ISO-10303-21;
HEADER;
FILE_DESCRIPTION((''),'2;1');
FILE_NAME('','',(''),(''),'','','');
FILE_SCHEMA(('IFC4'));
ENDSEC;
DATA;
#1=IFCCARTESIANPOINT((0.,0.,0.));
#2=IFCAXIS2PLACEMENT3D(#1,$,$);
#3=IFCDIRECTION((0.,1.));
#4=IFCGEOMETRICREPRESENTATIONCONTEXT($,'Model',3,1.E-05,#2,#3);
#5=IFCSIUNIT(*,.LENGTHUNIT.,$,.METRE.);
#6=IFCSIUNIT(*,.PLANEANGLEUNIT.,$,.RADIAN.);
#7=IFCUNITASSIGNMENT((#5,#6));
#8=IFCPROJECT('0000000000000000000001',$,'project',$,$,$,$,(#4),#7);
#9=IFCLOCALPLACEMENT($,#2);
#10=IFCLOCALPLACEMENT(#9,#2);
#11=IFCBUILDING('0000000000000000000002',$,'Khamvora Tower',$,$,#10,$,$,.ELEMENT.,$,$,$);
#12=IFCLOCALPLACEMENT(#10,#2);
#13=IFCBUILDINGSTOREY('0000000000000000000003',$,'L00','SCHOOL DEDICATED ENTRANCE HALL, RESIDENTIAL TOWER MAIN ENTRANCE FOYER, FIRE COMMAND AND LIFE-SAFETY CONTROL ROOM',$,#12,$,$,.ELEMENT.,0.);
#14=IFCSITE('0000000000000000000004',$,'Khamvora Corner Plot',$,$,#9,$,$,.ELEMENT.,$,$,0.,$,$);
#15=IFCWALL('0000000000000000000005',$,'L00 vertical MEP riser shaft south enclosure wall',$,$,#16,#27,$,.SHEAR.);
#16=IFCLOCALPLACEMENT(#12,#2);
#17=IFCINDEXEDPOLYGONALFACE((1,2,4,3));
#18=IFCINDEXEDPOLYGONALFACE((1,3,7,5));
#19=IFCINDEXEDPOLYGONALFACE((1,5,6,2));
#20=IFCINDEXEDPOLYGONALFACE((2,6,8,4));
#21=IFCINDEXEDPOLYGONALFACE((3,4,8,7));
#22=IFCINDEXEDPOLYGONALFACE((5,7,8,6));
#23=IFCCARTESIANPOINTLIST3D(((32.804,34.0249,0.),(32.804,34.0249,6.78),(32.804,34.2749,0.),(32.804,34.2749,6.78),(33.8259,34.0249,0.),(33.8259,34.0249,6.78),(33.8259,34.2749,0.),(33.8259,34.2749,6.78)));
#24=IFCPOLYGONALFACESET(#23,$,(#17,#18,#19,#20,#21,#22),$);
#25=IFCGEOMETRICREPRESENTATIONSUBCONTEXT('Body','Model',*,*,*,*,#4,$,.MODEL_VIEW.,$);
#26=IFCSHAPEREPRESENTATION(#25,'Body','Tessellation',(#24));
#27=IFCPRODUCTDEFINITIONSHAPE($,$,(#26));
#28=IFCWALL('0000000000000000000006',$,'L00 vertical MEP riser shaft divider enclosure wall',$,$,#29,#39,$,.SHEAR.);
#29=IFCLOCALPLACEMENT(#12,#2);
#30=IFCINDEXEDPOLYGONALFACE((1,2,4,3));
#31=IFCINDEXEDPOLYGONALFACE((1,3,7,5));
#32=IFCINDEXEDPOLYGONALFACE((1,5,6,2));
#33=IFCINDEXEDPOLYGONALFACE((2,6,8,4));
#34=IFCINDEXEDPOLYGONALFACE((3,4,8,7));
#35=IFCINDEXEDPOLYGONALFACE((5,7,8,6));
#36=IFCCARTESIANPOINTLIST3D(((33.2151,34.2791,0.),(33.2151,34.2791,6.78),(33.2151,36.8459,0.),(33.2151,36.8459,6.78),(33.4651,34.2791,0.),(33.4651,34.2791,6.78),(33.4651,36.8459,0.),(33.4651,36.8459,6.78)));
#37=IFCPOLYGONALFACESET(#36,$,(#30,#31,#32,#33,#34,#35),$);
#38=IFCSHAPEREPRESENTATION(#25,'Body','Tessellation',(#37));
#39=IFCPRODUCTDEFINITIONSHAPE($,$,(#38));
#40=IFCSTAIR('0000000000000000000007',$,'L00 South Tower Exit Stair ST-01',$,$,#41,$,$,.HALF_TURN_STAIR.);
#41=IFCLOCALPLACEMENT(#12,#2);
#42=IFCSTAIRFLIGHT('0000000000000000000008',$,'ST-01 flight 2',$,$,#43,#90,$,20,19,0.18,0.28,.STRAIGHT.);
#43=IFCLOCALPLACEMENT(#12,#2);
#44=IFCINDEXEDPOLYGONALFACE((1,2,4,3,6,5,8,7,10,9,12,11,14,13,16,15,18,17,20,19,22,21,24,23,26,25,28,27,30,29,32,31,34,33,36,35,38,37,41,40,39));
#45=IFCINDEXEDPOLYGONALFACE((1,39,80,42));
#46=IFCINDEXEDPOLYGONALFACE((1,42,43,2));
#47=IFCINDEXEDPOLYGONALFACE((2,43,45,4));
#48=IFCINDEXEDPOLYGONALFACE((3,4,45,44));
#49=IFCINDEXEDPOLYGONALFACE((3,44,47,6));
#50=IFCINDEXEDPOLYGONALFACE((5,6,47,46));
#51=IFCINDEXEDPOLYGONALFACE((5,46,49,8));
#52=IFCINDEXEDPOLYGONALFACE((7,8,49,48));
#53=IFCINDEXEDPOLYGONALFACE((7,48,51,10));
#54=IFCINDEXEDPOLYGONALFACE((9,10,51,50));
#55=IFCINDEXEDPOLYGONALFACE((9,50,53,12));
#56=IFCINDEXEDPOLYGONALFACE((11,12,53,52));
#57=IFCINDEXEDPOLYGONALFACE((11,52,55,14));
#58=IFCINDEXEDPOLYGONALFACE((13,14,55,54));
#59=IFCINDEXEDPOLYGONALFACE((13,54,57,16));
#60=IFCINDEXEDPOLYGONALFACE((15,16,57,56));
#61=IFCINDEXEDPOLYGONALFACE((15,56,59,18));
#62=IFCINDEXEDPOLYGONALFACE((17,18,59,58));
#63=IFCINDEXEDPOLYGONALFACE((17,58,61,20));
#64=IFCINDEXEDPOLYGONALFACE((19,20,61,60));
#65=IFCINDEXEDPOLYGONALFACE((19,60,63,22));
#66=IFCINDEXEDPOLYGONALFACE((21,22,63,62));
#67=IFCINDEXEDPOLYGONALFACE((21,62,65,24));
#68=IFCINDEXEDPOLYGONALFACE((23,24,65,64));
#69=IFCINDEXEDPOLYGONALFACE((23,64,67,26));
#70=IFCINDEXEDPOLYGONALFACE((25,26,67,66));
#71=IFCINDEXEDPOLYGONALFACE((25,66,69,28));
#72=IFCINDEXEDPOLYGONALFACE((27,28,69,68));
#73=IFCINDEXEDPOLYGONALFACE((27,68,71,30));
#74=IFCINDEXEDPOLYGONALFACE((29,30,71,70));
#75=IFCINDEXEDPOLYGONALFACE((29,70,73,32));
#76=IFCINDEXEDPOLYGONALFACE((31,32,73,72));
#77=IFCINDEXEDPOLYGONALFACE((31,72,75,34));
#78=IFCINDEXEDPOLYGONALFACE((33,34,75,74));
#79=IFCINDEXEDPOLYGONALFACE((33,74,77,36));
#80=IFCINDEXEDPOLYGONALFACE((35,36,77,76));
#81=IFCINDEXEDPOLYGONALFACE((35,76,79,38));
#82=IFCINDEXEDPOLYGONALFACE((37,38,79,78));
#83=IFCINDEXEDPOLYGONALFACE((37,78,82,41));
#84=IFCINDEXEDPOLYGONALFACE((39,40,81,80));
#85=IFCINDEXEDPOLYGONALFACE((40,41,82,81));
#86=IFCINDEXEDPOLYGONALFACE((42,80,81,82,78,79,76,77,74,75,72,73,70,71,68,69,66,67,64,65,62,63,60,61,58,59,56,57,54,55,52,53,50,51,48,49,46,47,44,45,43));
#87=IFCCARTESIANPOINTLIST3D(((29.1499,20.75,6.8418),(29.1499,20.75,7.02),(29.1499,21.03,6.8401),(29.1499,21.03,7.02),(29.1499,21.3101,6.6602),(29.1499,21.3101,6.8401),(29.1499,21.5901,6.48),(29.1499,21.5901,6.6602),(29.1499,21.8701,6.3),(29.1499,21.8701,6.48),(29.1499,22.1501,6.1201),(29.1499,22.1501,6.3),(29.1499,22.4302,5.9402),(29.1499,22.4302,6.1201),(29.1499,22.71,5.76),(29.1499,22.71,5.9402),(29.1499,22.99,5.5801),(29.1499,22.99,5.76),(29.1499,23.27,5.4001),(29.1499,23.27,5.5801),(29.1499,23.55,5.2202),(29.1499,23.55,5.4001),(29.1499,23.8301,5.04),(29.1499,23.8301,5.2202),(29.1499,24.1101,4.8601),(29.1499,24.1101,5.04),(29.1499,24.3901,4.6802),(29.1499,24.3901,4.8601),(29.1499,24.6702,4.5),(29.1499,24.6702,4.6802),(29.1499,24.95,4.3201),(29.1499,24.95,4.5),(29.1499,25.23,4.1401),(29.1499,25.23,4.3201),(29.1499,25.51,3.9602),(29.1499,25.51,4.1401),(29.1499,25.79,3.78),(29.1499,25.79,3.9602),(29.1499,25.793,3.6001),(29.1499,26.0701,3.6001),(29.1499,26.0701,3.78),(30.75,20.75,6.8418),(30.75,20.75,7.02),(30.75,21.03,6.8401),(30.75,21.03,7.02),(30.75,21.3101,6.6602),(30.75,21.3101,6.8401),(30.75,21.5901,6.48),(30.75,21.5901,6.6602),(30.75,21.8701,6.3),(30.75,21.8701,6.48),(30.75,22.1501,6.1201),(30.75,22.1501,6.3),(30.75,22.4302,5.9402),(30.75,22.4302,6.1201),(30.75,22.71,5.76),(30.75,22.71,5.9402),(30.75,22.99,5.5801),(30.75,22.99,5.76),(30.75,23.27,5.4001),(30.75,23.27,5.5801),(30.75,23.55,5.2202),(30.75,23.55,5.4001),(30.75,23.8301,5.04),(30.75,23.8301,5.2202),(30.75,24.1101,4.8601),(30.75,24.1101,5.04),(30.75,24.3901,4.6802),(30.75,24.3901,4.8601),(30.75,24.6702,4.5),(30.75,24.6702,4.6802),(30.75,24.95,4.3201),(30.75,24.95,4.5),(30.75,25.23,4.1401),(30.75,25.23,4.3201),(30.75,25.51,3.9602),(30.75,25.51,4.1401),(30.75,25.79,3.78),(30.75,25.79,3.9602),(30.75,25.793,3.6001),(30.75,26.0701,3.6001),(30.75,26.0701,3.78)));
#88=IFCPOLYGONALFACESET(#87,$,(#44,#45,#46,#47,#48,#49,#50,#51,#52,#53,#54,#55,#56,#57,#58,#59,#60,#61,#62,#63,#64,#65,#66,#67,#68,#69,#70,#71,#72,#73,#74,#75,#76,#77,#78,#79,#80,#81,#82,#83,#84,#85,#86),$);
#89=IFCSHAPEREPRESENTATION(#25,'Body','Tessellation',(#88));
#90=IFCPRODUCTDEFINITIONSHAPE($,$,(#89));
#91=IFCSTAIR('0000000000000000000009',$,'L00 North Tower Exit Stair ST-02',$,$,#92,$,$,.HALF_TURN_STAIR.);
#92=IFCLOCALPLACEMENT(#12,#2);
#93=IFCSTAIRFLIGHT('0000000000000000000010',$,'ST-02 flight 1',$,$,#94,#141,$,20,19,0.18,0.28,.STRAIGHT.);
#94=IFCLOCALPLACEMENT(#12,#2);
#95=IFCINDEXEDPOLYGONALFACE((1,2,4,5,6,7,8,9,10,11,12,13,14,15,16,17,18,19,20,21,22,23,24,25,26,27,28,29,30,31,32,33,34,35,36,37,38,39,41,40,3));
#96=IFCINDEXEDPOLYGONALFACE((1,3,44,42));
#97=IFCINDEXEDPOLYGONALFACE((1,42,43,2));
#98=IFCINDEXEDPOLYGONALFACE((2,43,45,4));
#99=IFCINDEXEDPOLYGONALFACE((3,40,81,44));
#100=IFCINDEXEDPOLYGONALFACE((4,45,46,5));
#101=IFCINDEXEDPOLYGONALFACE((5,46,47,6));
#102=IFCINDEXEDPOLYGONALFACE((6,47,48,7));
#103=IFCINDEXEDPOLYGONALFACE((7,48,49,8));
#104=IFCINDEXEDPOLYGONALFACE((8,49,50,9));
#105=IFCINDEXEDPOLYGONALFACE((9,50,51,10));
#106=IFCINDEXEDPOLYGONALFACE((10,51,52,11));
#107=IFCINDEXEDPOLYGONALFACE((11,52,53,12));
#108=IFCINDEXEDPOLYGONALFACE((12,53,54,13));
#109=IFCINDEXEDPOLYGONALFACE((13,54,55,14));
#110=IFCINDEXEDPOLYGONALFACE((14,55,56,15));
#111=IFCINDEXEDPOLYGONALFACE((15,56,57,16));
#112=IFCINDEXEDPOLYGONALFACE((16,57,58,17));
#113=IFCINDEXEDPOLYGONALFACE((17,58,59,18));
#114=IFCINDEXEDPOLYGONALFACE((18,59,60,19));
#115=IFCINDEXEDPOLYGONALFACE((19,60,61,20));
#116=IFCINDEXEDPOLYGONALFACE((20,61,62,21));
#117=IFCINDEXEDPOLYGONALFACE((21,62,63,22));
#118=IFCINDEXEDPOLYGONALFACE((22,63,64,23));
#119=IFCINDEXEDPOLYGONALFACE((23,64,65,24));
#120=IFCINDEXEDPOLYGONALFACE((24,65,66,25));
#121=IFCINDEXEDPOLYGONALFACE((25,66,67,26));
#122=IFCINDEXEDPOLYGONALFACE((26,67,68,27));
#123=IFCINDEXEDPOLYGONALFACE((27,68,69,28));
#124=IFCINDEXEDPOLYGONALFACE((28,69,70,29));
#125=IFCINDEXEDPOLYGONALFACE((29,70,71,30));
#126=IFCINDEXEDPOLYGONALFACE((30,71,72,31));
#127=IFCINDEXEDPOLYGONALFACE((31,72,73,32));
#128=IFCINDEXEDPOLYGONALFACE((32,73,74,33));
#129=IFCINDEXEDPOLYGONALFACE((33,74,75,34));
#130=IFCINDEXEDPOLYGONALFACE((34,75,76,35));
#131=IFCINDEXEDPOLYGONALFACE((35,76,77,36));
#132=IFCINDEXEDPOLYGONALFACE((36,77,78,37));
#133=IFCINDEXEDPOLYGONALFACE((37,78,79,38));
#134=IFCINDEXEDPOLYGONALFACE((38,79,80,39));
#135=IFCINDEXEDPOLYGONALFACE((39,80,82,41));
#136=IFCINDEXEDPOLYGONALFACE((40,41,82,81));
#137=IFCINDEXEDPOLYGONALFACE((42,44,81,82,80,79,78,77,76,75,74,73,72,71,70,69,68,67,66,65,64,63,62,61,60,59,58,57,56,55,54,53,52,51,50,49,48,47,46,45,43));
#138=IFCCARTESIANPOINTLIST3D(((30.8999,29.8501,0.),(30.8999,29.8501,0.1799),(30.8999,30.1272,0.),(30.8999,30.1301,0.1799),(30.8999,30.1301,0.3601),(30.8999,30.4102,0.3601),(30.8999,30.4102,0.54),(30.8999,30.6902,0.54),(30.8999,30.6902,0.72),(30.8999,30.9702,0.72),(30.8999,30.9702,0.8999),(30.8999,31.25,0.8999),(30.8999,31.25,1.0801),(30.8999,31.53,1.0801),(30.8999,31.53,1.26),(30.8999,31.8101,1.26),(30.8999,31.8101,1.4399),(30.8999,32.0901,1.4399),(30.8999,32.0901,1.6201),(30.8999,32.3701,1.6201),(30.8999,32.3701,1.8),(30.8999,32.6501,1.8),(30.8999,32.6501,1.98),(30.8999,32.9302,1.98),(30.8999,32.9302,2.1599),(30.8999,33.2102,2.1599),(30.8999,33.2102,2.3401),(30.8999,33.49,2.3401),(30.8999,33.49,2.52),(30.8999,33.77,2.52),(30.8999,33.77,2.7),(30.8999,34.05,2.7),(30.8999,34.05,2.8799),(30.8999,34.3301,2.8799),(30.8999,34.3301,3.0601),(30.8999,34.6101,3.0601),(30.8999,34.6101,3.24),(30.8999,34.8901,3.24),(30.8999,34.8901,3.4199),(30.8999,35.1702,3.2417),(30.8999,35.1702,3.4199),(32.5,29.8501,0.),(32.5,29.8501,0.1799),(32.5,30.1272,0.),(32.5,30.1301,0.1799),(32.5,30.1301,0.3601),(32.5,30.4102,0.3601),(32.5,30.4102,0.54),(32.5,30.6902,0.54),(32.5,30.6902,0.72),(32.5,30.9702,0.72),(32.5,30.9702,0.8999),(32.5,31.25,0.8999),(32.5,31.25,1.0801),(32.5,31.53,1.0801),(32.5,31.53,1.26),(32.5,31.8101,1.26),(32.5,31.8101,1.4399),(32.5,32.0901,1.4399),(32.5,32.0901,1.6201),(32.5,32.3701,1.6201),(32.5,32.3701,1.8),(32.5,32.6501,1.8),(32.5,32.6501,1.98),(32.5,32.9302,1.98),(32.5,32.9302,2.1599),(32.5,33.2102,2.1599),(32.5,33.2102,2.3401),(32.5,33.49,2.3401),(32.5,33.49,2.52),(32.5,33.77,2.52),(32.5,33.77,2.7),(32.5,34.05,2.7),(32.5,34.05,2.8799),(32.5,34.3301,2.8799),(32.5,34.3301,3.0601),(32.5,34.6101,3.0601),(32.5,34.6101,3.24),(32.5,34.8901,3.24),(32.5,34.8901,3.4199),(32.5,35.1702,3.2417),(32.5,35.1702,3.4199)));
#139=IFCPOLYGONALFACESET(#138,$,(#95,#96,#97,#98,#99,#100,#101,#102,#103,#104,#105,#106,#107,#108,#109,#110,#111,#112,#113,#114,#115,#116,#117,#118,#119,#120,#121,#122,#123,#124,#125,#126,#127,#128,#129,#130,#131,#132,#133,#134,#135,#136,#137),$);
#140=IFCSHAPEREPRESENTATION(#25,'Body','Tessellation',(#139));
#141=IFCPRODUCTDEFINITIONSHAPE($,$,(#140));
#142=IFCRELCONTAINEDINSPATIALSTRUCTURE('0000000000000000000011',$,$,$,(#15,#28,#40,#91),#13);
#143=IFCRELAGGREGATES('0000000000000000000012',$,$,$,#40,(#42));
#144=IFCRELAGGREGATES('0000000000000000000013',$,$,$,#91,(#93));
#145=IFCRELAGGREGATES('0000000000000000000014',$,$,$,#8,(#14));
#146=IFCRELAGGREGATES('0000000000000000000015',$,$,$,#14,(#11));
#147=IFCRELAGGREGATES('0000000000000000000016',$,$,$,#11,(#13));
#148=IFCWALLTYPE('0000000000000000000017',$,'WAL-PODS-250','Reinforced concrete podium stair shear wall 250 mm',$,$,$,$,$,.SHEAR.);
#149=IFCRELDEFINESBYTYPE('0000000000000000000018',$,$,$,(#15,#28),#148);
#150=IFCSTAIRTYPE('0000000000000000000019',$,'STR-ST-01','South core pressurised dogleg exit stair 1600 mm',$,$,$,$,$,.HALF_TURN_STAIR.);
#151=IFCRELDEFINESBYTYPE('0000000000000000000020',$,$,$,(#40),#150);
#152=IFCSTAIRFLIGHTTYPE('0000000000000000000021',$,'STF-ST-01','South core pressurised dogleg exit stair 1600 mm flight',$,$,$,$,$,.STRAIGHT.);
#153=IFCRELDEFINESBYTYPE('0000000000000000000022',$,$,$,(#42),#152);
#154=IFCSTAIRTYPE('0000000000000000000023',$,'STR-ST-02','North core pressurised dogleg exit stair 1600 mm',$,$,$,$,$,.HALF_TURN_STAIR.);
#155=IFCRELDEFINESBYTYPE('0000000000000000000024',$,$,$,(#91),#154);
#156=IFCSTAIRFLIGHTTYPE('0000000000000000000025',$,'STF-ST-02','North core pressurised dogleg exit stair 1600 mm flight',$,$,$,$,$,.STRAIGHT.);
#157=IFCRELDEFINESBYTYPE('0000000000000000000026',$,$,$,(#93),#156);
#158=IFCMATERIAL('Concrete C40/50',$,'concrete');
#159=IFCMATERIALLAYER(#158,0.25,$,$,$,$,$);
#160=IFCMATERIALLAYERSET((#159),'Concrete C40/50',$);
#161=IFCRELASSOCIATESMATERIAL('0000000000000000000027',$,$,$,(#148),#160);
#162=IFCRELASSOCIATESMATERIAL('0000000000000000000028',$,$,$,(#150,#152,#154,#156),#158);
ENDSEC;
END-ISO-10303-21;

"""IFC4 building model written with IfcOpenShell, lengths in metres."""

from ifc_helpers import new_model, si_unit, direction, frame, frame_2d, origin, place, context, subcontext, project, spatial, polyline, rectangle, outline, extrude, material, layer, layer_set, type_object, element, aggregate, save


model = new_model("IFC4")

# Units and contexts
model_context = context("Model", 3, precision=1e-05, world=origin(), true_north=direction((0.0, 1.0)))
body_context = subcontext(model_context, "Body", "Model", "MODEL_VIEW")
ifc_project = project(units=[si_unit("LENGTHUNIT", "METRE"), si_unit("PLANEANGLEUNIT", "RADIAN")], contexts=[model_context])

# Site, building, storey
site_placement = place(None, origin())
site = spatial("IfcSite", under=ifc_project, at=site_placement, Name="Khamvora Corner Plot", CompositionType="ELEMENT", RefElevation=0.0)
building_placement = place(site_placement, origin())
building = spatial("IfcBuilding", under=site, at=building_placement, Name="Khamvora Tower", CompositionType="ELEMENT")
storey_placement = place(building_placement, origin())
storey = spatial("IfcBuildingStorey", under=building, at=storey_placement, Name="L00", Description="SCHOOL DEDICATED ENTRANCE HALL, RESIDENTIAL TOWER MAIN ENTRANCE FOYER, FIRE COMMAND AND LIFE-SAFETY CONTROL ROOM", CompositionType="ELEMENT", Elevation=0.0)

# Walls
ifc_material_1 = material(Name="Concrete C40/50", Category="concrete")
ifc_layer_1 = layer(ifc_material_1, 0.25)
ifc_layer_set_1 = layer_set([ifc_layer_1], Name="Concrete C40/50")
wall_type_1 = type_object("IfcWallType", Name="WAL-PODS-250", Description="Reinforced concrete podium stair shear wall 250 mm", PredefinedType="SHEAR", material=ifc_layer_set_1)
wall_1_placement = place(storey_placement, frame((32.804, 34.1499, 0.0), z_axis=(0.0, 0.0, 1.0), x_axis=(1.0, 0.0, 0.0)))
element("IfcWall", 1, at=wall_1_placement, inside=storey, type_object=wall_type_1, Name="L00 vertical MEP riser shaft south enclosure wall", PredefinedType="SHEAR", context=body_context, shape_type="SweptSolid", body=[
    extrude(rectangle(XDim=1.022, YDim=0.25, at=frame_2d((0.511, 0.0))), origin(), (0.0, 0.0, 1.0), 6.78),
])
wall_2_placement = place(storey_placement, frame((33.3401, 34.2791, 0.0), z_axis=(0.0, 0.0, 1.0), x_axis=(0.0, 1.0, 0.0)))
element("IfcWall", 2, at=wall_2_placement, inside=storey, type_object=wall_type_1, Name="L00 vertical MEP riser shaft divider enclosure wall", PredefinedType="SHEAR", context=body_context, shape_type="SweptSolid", body=[
    extrude(rectangle(XDim=2.5669, YDim=0.25, at=frame_2d((1.2834, 0.0))), origin(), (0.0, 0.0, 1.0), 6.78),
])

# Stair, stair flight
stair_type_1 = type_object("IfcStairType", Name="STR-ST-01", Description="South core pressurised dogleg exit stair 1600 mm", PredefinedType="HALF_TURN_STAIR", material=ifc_material_1)
stair_1_placement = place(storey_placement, origin())
stair_1 = element("IfcStair", 3, at=stair_1_placement, inside=storey, type_object=stair_type_1, Name="L00 South Tower Exit Stair ST-01", PredefinedType="HALF_TURN_STAIR")
stair_flight_type_1 = type_object("IfcStairFlightType", Name="STF-ST-01", Description="South core pressurised dogleg exit stair 1600 mm flight", PredefinedType="STRAIGHT", material=ifc_material_1)
stair_flight_1_placement = place(storey_placement, frame((29.95, 26.0701, 3.6001), z_axis=(0.0, 0.0, 1.0), x_axis=(0.0, -1.0, 0.0)))
stair_flight_1 = element("IfcStairFlight", 4, at=stair_flight_1_placement, type_object=stair_flight_type_1, Name="ST-01 flight 2", NumberOfRisers=20, NumberOfTreads=19, PredefinedType="STRAIGHT", RiserHeight=0.18, TreadLength=0.28, context=body_context, shape_type="SweptSolid", body=[
    extrude(outline(polyline([(0.0, 0.0), (0.0, 0.1799), (0.28, 0.1799), (0.28, 0.3601), (0.5601, 0.3601), (0.5601, 0.54), (0.8401, 0.54), (0.8401, 0.72), (1.1201, 0.72), (1.1201, 0.8999), (1.3999, 0.8999), (1.3999, 1.0801), (1.6799, 1.0801), (1.6799, 1.26), (1.96, 1.26), (1.96, 1.4399), (2.24, 1.4399), (2.24, 1.6201), (2.52, 1.6201), (2.52, 1.8), (2.8, 1.8), (2.8, 1.98), (3.0801, 1.98), (3.0801, 2.1599), (3.3601, 2.1599), (3.3601, 2.3401), (3.6399, 2.3401), (3.6399, 2.52), (3.9199, 2.52), (3.9199, 2.7), (4.2, 2.7), (4.2, 2.8799), (4.48, 2.8799), (4.48, 3.0601), (4.76, 3.0601), (4.76, 3.24), (5.04, 3.24), (5.04, 3.4199), (5.3201, 3.4199), (5.3201, 3.6001), (5.3201, 3.2417), (0.2771, 0.0), (0.0, 0.0)])), frame((0.0, 0.8, 0.0), z_axis=(0.0, -1.0, 0.0), x_axis=(1.0, 0.0, 0.0)), (0.0, 0.0, 1.0), 1.6001),
])
aggregate(stair_1, [stair_flight_1])

# Stair, stair flight
stair_type_2 = type_object("IfcStairType", Name="STR-ST-02", Description="North core pressurised dogleg exit stair 1600 mm", PredefinedType="HALF_TURN_STAIR", material=ifc_material_1)
stair_2_placement = place(storey_placement, origin())
stair_2 = element("IfcStair", 5, at=stair_2_placement, inside=storey, type_object=stair_type_2, Name="L00 North Tower Exit Stair ST-02", PredefinedType="HALF_TURN_STAIR")
stair_flight_type_2 = type_object("IfcStairFlightType", Name="STF-ST-02", Description="North core pressurised dogleg exit stair 1600 mm flight", PredefinedType="STRAIGHT", material=ifc_material_1)
stair_flight_2_placement = place(storey_placement, frame((31.7, 29.8501, 0.0), z_axis=(0.0, 0.0, 1.0), x_axis=(0.0, 1.0, 0.0)))
stair_flight_2 = element("IfcStairFlight", 6, at=stair_flight_2_placement, type_object=stair_flight_type_2, Name="ST-02 flight 1", NumberOfRisers=20, NumberOfTreads=19, PredefinedType="STRAIGHT", RiserHeight=0.18, TreadLength=0.28, context=body_context, shape_type="SweptSolid", body=[
    extrude(outline(polyline([(0.0, 0.0), (0.0, 0.1799), (0.28, 0.1799), (0.28, 0.3601), (0.5601, 0.3601), (0.5601, 0.54), (0.8401, 0.54), (0.8401, 0.72), (1.1201, 0.72), (1.1201, 0.8999), (1.3999, 0.8999), (1.3999, 1.0801), (1.6799, 1.0801), (1.6799, 1.26), (1.96, 1.26), (1.96, 1.4399), (2.24, 1.4399), (2.24, 1.6201), (2.52, 1.6201), (2.52, 1.8), (2.8, 1.8), (2.8, 1.98), (3.0801, 1.98), (3.0801, 2.1599), (3.3601, 2.1599), (3.3601, 2.3401), (3.6399, 2.3401), (3.6399, 2.52), (3.9199, 2.52), (3.9199, 2.7), (4.2, 2.7), (4.2, 2.8799), (4.48, 2.8799), (4.48, 3.0601), (4.76, 3.0601), (4.76, 3.24), (5.04, 3.24), (5.04, 3.4199), (5.3201, 3.4199), (5.3201, 3.6001), (5.3201, 3.2417), (0.2771, 0.0), (0.0, 0.0)])), frame((0.0, 0.8, 0.0), z_axis=(0.0, -1.0, 0.0), x_axis=(1.0, 0.0, 0.0)), (0.0, 0.0, 1.0), 1.6001),
])
aggregate(stair_2, [stair_flight_2])

save(model, "model.ifc")
